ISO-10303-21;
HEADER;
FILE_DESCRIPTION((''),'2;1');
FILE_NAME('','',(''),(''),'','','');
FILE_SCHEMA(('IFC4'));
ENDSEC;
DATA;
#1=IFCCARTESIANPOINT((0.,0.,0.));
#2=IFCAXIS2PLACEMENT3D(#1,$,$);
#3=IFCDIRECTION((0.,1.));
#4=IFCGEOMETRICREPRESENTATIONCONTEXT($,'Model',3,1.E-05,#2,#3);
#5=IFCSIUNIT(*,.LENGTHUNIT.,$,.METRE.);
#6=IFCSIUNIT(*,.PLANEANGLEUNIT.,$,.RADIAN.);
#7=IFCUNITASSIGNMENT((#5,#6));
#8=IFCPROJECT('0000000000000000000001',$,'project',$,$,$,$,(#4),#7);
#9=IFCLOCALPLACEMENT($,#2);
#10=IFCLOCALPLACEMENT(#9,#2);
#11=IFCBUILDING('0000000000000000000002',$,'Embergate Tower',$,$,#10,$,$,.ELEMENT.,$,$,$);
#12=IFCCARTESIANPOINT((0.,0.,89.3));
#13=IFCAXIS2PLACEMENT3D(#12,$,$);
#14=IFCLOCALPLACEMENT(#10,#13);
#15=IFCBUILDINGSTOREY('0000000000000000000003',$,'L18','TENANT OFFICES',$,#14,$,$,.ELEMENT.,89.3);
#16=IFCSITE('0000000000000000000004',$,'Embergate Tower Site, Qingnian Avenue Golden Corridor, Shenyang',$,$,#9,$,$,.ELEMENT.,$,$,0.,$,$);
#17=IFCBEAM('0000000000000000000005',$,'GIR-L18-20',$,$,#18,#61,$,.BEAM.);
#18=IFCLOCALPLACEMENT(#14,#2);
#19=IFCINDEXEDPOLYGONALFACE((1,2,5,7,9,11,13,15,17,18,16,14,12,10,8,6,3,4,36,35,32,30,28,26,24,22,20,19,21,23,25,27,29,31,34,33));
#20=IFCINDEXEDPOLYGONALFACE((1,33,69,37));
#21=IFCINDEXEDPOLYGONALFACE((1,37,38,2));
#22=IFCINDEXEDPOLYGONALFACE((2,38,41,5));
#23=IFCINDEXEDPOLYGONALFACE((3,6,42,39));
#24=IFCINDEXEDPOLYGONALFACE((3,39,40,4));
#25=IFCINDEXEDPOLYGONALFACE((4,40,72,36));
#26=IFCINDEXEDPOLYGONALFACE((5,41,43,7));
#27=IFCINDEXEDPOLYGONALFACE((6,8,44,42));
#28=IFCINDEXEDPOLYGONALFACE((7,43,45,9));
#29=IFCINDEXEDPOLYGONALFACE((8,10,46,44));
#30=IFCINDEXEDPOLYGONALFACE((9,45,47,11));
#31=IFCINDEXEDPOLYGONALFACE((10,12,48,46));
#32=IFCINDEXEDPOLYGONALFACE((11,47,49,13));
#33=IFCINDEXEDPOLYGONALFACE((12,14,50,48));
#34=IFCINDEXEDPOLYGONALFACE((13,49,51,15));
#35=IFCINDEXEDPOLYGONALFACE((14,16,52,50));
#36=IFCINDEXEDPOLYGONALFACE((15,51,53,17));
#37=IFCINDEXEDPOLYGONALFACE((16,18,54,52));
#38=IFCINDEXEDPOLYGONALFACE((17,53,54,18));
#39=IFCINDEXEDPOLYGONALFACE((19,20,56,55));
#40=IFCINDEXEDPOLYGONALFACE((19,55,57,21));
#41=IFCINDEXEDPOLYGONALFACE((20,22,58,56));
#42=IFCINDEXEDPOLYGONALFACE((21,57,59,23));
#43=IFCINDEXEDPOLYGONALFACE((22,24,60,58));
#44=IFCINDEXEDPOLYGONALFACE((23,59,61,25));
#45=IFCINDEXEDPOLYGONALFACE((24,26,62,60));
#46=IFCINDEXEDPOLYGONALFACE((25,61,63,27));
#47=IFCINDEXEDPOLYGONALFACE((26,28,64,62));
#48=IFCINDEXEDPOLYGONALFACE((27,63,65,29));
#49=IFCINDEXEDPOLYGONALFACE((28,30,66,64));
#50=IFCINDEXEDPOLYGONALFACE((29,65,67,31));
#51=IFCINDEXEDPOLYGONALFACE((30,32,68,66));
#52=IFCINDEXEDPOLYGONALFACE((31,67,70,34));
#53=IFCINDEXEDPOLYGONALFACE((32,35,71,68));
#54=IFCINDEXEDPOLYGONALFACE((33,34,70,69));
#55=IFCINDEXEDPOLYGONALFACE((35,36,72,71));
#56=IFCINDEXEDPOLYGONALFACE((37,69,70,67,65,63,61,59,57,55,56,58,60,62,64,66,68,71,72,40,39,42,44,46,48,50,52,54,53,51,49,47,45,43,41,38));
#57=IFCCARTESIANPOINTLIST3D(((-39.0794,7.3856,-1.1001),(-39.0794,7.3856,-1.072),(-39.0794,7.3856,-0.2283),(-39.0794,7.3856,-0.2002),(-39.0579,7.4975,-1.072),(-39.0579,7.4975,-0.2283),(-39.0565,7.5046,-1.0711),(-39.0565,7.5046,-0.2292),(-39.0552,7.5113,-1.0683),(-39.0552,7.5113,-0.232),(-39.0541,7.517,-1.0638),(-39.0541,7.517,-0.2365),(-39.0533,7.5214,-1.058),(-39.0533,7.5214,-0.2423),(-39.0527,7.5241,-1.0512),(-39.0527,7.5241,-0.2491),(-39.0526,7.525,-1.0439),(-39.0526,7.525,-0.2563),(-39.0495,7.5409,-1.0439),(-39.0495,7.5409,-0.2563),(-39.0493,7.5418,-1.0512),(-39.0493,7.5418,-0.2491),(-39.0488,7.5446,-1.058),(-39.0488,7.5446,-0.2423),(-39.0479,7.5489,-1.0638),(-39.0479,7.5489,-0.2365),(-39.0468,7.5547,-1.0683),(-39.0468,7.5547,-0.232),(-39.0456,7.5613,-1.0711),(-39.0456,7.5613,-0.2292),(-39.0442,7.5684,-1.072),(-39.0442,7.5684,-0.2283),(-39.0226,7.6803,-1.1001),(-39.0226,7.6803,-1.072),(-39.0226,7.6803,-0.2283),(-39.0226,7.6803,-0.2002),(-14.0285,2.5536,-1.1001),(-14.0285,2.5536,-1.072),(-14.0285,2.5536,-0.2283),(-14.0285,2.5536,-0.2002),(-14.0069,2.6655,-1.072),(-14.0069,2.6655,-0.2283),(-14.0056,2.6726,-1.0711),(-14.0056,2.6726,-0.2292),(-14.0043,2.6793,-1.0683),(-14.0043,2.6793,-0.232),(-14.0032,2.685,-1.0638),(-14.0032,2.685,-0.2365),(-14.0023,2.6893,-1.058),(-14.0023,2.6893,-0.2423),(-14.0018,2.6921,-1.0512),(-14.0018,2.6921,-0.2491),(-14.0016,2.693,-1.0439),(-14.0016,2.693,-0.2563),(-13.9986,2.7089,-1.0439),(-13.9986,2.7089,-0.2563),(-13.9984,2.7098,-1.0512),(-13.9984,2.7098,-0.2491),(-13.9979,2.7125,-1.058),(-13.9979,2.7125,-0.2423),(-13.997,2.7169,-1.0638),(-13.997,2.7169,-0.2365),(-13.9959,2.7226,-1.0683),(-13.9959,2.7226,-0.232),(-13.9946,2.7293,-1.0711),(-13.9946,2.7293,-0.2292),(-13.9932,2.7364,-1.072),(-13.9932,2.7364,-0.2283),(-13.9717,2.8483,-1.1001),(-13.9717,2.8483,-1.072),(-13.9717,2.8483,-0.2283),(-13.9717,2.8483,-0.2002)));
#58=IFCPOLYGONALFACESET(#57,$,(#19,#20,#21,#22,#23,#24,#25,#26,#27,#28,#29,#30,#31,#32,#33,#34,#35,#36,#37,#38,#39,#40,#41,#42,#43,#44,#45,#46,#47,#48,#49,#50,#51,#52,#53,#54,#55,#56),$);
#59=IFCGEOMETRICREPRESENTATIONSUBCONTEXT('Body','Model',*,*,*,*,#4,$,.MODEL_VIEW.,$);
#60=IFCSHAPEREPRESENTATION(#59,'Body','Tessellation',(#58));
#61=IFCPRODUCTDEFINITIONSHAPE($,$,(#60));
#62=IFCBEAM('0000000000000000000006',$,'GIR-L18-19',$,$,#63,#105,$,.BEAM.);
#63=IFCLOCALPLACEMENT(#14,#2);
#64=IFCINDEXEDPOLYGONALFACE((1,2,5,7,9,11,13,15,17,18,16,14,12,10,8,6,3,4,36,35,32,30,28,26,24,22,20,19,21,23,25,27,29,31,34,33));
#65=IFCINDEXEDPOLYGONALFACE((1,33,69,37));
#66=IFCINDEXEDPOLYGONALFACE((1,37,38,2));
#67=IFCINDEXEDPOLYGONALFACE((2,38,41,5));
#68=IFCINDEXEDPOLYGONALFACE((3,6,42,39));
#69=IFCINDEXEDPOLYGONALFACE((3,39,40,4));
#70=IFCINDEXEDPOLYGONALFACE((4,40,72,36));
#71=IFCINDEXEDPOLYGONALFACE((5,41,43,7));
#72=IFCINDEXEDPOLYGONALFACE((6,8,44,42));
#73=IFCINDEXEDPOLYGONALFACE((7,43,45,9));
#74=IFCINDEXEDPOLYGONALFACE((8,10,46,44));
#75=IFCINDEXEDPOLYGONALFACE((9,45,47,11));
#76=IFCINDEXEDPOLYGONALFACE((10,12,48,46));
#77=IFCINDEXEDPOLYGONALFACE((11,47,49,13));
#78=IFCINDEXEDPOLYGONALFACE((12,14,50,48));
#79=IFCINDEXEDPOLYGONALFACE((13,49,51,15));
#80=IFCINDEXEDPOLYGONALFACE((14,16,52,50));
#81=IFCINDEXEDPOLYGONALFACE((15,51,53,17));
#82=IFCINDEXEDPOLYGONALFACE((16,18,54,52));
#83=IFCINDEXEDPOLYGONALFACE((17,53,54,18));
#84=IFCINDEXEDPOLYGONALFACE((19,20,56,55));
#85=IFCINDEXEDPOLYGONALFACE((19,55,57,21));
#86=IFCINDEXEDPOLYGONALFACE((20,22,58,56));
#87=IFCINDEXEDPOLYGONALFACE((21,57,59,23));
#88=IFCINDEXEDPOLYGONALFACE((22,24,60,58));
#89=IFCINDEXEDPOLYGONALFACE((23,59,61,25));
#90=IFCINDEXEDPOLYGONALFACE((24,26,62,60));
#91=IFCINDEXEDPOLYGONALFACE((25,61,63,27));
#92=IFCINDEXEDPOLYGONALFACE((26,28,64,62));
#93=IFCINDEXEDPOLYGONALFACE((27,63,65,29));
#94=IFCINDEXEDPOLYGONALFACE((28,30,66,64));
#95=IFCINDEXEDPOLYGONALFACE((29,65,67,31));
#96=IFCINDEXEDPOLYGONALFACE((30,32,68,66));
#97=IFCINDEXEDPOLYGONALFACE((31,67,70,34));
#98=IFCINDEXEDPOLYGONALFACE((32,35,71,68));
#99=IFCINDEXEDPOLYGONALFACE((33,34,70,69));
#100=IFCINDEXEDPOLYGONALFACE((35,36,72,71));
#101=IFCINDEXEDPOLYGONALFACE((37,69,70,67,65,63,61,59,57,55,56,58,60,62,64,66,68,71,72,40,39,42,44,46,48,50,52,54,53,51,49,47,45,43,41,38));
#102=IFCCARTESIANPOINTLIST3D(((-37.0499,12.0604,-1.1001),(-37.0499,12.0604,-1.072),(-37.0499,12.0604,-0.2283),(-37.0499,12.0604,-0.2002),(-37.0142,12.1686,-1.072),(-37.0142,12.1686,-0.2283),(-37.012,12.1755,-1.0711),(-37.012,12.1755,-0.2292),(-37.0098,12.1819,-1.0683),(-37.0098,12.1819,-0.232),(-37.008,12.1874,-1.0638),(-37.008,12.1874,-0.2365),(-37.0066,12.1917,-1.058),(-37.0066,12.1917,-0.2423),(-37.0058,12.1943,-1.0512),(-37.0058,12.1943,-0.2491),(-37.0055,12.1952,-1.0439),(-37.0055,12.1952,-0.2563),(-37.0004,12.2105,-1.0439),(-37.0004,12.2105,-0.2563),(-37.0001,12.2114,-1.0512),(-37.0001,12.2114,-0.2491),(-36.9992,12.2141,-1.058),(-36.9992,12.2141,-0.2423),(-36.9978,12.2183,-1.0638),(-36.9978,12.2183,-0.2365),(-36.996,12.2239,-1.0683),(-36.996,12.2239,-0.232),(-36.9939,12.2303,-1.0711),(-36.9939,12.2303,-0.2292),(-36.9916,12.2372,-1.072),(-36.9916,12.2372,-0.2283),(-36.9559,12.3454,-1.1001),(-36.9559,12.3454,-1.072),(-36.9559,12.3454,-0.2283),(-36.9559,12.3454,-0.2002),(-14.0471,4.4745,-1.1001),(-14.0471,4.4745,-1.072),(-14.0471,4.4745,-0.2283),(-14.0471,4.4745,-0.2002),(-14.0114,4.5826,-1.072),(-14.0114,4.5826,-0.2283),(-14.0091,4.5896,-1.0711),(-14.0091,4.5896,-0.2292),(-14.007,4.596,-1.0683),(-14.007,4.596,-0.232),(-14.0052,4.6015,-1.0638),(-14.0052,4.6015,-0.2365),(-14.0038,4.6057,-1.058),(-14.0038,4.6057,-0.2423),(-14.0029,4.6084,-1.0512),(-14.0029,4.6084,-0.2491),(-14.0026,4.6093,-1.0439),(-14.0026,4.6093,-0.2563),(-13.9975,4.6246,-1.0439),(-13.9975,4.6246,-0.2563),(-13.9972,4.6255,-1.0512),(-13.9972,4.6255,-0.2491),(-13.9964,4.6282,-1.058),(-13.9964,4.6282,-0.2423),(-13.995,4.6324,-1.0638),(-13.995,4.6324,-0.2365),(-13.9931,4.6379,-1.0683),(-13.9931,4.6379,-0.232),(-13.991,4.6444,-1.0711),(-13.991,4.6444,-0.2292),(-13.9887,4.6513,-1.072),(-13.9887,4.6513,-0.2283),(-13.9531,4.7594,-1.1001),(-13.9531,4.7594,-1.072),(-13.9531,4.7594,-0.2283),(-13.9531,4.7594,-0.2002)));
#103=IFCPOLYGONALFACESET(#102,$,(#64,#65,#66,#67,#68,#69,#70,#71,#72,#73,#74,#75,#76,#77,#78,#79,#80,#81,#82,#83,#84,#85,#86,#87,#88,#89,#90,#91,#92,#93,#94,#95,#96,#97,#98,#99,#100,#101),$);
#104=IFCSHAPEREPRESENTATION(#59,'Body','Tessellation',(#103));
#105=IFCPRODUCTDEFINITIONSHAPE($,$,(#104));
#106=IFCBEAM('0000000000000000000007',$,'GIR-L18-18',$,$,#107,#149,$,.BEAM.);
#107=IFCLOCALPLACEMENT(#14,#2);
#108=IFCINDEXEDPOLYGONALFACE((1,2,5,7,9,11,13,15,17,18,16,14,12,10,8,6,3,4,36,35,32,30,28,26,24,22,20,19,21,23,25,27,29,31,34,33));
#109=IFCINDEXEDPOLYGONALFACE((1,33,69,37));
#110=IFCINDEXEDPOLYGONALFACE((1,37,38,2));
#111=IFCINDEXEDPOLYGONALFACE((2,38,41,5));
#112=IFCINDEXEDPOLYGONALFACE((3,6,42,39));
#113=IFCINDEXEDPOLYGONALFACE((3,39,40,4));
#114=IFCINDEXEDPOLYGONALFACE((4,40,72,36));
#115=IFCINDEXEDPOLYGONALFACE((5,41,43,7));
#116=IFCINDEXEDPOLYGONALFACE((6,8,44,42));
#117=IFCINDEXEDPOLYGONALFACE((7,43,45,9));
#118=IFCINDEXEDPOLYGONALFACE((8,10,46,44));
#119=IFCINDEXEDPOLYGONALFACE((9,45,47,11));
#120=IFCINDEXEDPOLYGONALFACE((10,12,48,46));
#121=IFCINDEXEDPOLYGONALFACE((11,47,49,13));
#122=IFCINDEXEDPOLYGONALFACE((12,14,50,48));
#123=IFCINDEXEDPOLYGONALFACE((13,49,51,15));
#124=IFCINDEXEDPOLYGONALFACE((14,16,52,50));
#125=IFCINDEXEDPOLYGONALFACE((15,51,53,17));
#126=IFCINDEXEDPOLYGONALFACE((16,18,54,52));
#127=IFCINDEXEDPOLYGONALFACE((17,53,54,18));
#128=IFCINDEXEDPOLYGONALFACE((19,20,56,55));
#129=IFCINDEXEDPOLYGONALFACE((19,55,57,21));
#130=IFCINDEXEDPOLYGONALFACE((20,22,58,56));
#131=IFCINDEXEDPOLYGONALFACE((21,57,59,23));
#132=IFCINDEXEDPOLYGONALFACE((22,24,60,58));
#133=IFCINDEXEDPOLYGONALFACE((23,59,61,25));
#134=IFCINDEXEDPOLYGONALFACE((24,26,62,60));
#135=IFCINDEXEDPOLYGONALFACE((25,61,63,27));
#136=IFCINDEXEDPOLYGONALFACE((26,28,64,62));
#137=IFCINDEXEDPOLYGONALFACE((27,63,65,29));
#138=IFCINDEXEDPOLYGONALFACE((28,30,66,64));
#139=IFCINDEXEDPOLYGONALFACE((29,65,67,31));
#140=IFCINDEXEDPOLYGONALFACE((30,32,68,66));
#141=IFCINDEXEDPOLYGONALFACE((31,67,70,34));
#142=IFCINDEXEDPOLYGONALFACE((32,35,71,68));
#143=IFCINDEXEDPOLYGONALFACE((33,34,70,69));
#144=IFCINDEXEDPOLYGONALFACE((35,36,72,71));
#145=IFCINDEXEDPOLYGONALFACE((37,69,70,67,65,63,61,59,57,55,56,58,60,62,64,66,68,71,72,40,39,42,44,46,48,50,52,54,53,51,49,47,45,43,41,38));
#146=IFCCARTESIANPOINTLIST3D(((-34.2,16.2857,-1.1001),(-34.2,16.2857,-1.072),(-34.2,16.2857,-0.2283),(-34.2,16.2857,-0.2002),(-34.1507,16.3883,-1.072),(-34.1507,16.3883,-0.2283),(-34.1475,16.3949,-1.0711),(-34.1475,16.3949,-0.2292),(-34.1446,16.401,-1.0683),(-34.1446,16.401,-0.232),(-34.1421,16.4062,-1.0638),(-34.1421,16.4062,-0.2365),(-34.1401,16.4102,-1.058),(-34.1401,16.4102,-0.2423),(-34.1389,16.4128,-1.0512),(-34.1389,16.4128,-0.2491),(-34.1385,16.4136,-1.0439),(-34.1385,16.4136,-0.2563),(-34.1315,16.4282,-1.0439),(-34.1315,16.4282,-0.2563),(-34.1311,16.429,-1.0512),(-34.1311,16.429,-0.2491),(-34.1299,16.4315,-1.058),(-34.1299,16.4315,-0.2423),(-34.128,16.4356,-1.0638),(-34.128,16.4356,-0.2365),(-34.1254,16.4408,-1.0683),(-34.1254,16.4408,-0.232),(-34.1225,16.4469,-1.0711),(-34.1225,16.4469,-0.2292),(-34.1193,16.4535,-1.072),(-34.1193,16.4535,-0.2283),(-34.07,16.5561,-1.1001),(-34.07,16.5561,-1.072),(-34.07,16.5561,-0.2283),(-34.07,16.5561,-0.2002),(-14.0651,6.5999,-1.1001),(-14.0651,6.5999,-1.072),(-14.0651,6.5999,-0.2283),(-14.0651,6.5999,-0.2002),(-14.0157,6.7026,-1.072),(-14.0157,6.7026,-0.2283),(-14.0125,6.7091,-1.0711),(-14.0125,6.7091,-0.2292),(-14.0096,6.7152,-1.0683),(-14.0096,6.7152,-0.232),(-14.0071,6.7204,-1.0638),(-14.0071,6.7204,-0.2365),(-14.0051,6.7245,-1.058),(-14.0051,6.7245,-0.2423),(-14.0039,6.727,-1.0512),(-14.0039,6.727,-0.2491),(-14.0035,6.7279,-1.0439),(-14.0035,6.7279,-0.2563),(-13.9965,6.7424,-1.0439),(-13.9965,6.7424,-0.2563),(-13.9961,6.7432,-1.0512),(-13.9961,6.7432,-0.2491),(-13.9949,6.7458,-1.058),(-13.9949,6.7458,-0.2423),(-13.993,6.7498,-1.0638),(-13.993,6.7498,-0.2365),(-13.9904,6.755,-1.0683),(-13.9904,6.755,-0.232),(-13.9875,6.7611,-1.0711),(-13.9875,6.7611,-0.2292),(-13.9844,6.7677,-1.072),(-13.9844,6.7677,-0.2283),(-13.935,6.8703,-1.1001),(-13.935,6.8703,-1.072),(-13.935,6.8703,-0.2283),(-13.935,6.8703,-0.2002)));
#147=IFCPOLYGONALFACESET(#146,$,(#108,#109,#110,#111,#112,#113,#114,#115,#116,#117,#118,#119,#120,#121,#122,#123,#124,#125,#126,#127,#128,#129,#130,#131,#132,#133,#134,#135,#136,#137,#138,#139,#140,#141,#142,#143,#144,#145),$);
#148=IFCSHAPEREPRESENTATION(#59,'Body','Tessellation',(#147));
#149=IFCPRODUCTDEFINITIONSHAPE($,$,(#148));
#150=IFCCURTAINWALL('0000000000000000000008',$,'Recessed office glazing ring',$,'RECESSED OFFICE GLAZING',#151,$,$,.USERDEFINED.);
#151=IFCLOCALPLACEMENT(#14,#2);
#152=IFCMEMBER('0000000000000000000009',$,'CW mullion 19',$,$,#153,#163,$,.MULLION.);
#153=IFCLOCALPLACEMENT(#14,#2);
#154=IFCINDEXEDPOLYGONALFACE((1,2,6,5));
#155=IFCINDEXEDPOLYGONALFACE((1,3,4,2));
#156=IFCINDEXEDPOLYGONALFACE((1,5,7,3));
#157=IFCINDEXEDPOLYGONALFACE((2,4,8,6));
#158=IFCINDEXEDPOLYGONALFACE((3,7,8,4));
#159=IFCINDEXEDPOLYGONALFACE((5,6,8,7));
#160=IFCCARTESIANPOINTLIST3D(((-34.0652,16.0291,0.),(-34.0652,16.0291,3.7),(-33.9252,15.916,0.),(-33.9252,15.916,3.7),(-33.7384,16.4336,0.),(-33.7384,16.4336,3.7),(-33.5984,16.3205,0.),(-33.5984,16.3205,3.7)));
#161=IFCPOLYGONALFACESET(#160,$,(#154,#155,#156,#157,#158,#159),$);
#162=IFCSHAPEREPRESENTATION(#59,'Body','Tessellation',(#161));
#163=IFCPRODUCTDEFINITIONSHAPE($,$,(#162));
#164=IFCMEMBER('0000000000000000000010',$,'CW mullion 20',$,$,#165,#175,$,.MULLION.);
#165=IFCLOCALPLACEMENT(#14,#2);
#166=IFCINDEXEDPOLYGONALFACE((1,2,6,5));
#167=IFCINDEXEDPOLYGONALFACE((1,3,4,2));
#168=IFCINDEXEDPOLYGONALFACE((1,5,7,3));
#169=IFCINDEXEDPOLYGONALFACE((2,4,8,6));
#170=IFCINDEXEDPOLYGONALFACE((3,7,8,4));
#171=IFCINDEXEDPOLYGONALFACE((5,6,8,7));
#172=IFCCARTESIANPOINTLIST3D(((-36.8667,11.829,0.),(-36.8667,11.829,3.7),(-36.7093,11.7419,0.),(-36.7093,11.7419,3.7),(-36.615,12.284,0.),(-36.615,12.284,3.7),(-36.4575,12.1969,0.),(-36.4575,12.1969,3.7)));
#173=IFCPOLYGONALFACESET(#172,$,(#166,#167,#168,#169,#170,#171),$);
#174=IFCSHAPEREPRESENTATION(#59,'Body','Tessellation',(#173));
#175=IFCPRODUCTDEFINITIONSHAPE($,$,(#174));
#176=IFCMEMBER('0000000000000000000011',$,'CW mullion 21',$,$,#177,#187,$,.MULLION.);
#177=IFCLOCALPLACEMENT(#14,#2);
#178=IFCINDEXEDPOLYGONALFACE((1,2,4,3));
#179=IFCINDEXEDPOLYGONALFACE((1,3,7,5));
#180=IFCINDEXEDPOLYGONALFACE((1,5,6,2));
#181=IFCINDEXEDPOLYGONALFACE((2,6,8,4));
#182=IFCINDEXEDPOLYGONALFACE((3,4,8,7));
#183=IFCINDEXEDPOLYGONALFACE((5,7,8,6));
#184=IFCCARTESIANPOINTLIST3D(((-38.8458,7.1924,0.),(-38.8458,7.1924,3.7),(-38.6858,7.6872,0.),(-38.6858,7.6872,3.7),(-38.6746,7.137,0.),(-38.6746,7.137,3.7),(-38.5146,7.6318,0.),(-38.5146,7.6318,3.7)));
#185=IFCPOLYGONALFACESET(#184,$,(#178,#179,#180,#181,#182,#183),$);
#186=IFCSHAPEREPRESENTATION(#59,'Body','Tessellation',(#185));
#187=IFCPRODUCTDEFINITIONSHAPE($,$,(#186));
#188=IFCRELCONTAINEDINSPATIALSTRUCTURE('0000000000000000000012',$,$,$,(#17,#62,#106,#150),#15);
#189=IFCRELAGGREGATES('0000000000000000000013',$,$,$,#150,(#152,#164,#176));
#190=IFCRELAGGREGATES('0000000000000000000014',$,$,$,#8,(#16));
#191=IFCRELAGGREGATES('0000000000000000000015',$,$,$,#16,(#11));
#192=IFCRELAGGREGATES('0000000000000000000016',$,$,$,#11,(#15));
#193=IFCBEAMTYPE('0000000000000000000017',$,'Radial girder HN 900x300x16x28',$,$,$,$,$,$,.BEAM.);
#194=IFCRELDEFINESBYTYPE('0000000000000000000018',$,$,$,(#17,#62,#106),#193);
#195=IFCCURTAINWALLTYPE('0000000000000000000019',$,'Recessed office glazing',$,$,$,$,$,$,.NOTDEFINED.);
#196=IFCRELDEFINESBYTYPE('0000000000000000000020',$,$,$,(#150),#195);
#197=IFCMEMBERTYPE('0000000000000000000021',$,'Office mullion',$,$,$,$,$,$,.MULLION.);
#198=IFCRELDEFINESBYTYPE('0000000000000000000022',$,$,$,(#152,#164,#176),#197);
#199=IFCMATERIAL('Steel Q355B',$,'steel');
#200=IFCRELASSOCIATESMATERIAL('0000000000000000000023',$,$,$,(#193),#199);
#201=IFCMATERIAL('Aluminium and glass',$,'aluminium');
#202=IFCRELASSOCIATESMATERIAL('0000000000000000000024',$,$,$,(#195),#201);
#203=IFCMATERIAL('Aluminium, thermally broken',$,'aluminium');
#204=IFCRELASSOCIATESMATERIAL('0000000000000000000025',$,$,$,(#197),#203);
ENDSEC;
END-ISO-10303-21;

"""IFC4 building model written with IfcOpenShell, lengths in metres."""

from ifc_helpers import new_model, si_unit, direction, frame, origin, origin_2d, place, context, subcontext, project, spatial, rectangle, i_section, extrude, source, transform, mapped, material, material_profile, profile_set, type_object, element, aggregate, save


model = new_model("IFC4")

# Units and contexts
model_context = context("Model", 3, precision=1e-05, world=origin(), true_north=direction((0.0, 1.0)))
body_context = subcontext(model_context, "Body", "Model", "MODEL_VIEW")
ifc_project = project(units=[si_unit("LENGTHUNIT", "METRE"), si_unit("PLANEANGLEUNIT", "RADIAN")], contexts=[model_context])

# Site, building, storey
site_placement = place(None, origin())
site = spatial("IfcSite", under=ifc_project, at=site_placement, Name="Embergate Tower Site, Qingnian Avenue Golden Corridor, Shenyang", CompositionType="ELEMENT", RefElevation=0.0)
building_placement = place(site_placement, origin())
building = spatial("IfcBuilding", under=site, at=building_placement, Name="Embergate Tower", CompositionType="ELEMENT")
storey_placement = place(building_placement, frame((0.0, 0.0, 89.3)))
storey = spatial("IfcBuildingStorey", under=building, at=storey_placement, Name="L18", Description="TENANT OFFICES", CompositionType="ELEMENT", Elevation=89.3)

# Beams
ifc_material_1 = material(Name="Steel Q355B", Category="steel")
ifc_material_profile_1 = material_profile(ifc_material_1, i_section(OverallWidth=0.3, OverallDepth=0.8999, WebThickness=0.0161, FlangeThickness=0.0281, FilletRadius=0.0281, at=origin_2d()), Name="HN 900x300x16x28")
ifc_profile_set_1 = profile_set([ifc_material_profile_1], Name="Steel Q355 grade B")
beam_type_1 = type_object("IfcBeamType", Name="Radial girder HN 900x300x16x28", PredefinedType="BEAM", material=ifc_profile_set_1)
shared_shape_1 = source(origin(), body_context, "Body", "SweptSolid", [
    extrude(i_section(OverallWidth=0.3, OverallDepth=0.8999, WebThickness=0.0161, FlangeThickness=0.0281, FilletRadius=0.0281, at=origin_2d()), origin(), (0.0, 0.0, 1.0), 25.5127),
])
beam_1_placement = place(storey_placement, frame((-39.051, 7.533, -0.6501), z_axis=(0.981901, -0.189396, 0.0), x_axis=(0.189396, 0.981901, 0.0)))
element("IfcBeam", 1, at=beam_1_placement, inside=storey, type_object=beam_type_1, Name="GIR-L18-20", PredefinedType="BEAM", context=body_context, shape_type="MappedRepresentation", body=[
    mapped(shared_shape_1, transform((0.0, 0.0, 0.0))),
])
shared_shape_2 = source(origin(), body_context, "Body", "SweptSolid", [
    extrude(i_section(OverallWidth=0.3, OverallDepth=0.8999, WebThickness=0.0161, FlangeThickness=0.0281, FilletRadius=0.0281, at=origin_2d()), origin(), (0.0, 0.0, 1.0), 24.2214),
])
beam_2_placement = place(storey_placement, frame((-37.0029, 12.2029, -0.6501), z_axis=(0.94969, -0.31319, 0.0), x_axis=(0.31319, 0.94969, 0.0)))
element("IfcBeam", 2, at=beam_2_placement, inside=storey, type_object=beam_type_1, Name="GIR-L18-19", PredefinedType="BEAM", context=body_context, shape_type="MappedRepresentation", body=[
    mapped(shared_shape_2, transform((0.0, 0.0, 0.0))),
])
shared_shape_3 = source(origin(), body_context, "Body", "SweptSolid", [
    extrude(i_section(OverallWidth=0.3, OverallDepth=0.8999, WebThickness=0.0161, FlangeThickness=0.0281, FilletRadius=0.0281, at=origin_2d()), origin(), (0.0, 0.0, 1.0), 22.3435),
])
beam_3_placement = place(storey_placement, frame((-34.135, 16.4209, -0.6501), z_axis=(0.901156, -0.433494, 0.0), x_axis=(0.433494, 0.901156, 0.0)))
element("IfcBeam", 3, at=beam_3_placement, inside=storey, type_object=beam_type_1, Name="GIR-L18-18", PredefinedType="BEAM", context=body_context, shape_type="MappedRepresentation", body=[
    mapped(shared_shape_3, transform((0.0, 0.0, 0.0))),
])

# Curtain wall, members
ifc_material_2 = material(Name="Aluminium and glass", Category="aluminium")
curtain_wall_type = type_object("IfcCurtainWallType", Name="Recessed office glazing", PredefinedType="NOTDEFINED", material=ifc_material_2)
curtain_wall_placement = place(storey_placement, origin())
curtain_wall = element("IfcCurtainWall", 4, at=curtain_wall_placement, inside=storey, type_object=curtain_wall_type, Name="Recessed office glazing ring", ObjectType="RECESSED OFFICE GLAZING", PredefinedType="USERDEFINED")
ifc_material_3 = material(Name="Aluminium, thermally broken", Category="aluminium")
ifc_material_profile_2 = material_profile(ifc_material_3, rectangle(XDim=0.1799, YDim=0.52, at=origin_2d()), Name="AL 520x180")
ifc_profile_set_2 = profile_set([ifc_material_profile_2], Name="Aluminium, thermally broken")
member_type_1 = type_object("IfcMemberType", Name="Office mullion", PredefinedType="MULLION", material=ifc_profile_set_2)
shared_shape_4 = source(origin(), body_context, "Body", "SweptSolid", [
    extrude(rectangle(XDim=0.1799, YDim=0.52, at=origin_2d()), origin(), (0.0, 0.0, 1.0), 3.7),
])
member_1_placement = place(storey_placement, frame((-33.8318, 16.1748, 0.0), z_axis=(0.0, 0.0, 1.0), x_axis=(0.777876, -0.628418, 0.0)))
member_1 = element("IfcMember", 5, at=member_1_placement, type_object=member_type_1, Name="CW mullion 19", PredefinedType="MULLION", context=body_context, shape_type="MappedRepresentation", body=[
    mapped(shared_shape_4, transform((0.0, 0.0, 0.0))),
])
member_2_placement = place(storey_placement, frame((-36.6621, 12.0129, 0.0), z_axis=(0.0, 0.0, 1.0), x_axis=(0.875005, -0.484113, 0.0)))
member_2 = element("IfcMember", 6, at=member_2_placement, type_object=member_type_1, Name="CW mullion 20", PredefinedType="MULLION", context=body_context, shape_type="MappedRepresentation", body=[
    mapped(shared_shape_4, transform((0.0, 0.0, 0.0))),
])
member_3_placement = place(storey_placement, frame((-38.6802, 7.4121, 0.0), z_axis=(0.0, 0.0, 1.0), x_axis=(0.951499, -0.307651, 0.0)))
member_3 = element("IfcMember", 7, at=member_3_placement, type_object=member_type_1, Name="CW mullion 21", PredefinedType="MULLION", context=body_context, shape_type="MappedRepresentation", body=[
    mapped(shared_shape_4, transform((0.0, 0.0, 0.0))),
])
aggregate(curtain_wall, [member_1, member_2, member_3])

save(model, "model.ifc")
